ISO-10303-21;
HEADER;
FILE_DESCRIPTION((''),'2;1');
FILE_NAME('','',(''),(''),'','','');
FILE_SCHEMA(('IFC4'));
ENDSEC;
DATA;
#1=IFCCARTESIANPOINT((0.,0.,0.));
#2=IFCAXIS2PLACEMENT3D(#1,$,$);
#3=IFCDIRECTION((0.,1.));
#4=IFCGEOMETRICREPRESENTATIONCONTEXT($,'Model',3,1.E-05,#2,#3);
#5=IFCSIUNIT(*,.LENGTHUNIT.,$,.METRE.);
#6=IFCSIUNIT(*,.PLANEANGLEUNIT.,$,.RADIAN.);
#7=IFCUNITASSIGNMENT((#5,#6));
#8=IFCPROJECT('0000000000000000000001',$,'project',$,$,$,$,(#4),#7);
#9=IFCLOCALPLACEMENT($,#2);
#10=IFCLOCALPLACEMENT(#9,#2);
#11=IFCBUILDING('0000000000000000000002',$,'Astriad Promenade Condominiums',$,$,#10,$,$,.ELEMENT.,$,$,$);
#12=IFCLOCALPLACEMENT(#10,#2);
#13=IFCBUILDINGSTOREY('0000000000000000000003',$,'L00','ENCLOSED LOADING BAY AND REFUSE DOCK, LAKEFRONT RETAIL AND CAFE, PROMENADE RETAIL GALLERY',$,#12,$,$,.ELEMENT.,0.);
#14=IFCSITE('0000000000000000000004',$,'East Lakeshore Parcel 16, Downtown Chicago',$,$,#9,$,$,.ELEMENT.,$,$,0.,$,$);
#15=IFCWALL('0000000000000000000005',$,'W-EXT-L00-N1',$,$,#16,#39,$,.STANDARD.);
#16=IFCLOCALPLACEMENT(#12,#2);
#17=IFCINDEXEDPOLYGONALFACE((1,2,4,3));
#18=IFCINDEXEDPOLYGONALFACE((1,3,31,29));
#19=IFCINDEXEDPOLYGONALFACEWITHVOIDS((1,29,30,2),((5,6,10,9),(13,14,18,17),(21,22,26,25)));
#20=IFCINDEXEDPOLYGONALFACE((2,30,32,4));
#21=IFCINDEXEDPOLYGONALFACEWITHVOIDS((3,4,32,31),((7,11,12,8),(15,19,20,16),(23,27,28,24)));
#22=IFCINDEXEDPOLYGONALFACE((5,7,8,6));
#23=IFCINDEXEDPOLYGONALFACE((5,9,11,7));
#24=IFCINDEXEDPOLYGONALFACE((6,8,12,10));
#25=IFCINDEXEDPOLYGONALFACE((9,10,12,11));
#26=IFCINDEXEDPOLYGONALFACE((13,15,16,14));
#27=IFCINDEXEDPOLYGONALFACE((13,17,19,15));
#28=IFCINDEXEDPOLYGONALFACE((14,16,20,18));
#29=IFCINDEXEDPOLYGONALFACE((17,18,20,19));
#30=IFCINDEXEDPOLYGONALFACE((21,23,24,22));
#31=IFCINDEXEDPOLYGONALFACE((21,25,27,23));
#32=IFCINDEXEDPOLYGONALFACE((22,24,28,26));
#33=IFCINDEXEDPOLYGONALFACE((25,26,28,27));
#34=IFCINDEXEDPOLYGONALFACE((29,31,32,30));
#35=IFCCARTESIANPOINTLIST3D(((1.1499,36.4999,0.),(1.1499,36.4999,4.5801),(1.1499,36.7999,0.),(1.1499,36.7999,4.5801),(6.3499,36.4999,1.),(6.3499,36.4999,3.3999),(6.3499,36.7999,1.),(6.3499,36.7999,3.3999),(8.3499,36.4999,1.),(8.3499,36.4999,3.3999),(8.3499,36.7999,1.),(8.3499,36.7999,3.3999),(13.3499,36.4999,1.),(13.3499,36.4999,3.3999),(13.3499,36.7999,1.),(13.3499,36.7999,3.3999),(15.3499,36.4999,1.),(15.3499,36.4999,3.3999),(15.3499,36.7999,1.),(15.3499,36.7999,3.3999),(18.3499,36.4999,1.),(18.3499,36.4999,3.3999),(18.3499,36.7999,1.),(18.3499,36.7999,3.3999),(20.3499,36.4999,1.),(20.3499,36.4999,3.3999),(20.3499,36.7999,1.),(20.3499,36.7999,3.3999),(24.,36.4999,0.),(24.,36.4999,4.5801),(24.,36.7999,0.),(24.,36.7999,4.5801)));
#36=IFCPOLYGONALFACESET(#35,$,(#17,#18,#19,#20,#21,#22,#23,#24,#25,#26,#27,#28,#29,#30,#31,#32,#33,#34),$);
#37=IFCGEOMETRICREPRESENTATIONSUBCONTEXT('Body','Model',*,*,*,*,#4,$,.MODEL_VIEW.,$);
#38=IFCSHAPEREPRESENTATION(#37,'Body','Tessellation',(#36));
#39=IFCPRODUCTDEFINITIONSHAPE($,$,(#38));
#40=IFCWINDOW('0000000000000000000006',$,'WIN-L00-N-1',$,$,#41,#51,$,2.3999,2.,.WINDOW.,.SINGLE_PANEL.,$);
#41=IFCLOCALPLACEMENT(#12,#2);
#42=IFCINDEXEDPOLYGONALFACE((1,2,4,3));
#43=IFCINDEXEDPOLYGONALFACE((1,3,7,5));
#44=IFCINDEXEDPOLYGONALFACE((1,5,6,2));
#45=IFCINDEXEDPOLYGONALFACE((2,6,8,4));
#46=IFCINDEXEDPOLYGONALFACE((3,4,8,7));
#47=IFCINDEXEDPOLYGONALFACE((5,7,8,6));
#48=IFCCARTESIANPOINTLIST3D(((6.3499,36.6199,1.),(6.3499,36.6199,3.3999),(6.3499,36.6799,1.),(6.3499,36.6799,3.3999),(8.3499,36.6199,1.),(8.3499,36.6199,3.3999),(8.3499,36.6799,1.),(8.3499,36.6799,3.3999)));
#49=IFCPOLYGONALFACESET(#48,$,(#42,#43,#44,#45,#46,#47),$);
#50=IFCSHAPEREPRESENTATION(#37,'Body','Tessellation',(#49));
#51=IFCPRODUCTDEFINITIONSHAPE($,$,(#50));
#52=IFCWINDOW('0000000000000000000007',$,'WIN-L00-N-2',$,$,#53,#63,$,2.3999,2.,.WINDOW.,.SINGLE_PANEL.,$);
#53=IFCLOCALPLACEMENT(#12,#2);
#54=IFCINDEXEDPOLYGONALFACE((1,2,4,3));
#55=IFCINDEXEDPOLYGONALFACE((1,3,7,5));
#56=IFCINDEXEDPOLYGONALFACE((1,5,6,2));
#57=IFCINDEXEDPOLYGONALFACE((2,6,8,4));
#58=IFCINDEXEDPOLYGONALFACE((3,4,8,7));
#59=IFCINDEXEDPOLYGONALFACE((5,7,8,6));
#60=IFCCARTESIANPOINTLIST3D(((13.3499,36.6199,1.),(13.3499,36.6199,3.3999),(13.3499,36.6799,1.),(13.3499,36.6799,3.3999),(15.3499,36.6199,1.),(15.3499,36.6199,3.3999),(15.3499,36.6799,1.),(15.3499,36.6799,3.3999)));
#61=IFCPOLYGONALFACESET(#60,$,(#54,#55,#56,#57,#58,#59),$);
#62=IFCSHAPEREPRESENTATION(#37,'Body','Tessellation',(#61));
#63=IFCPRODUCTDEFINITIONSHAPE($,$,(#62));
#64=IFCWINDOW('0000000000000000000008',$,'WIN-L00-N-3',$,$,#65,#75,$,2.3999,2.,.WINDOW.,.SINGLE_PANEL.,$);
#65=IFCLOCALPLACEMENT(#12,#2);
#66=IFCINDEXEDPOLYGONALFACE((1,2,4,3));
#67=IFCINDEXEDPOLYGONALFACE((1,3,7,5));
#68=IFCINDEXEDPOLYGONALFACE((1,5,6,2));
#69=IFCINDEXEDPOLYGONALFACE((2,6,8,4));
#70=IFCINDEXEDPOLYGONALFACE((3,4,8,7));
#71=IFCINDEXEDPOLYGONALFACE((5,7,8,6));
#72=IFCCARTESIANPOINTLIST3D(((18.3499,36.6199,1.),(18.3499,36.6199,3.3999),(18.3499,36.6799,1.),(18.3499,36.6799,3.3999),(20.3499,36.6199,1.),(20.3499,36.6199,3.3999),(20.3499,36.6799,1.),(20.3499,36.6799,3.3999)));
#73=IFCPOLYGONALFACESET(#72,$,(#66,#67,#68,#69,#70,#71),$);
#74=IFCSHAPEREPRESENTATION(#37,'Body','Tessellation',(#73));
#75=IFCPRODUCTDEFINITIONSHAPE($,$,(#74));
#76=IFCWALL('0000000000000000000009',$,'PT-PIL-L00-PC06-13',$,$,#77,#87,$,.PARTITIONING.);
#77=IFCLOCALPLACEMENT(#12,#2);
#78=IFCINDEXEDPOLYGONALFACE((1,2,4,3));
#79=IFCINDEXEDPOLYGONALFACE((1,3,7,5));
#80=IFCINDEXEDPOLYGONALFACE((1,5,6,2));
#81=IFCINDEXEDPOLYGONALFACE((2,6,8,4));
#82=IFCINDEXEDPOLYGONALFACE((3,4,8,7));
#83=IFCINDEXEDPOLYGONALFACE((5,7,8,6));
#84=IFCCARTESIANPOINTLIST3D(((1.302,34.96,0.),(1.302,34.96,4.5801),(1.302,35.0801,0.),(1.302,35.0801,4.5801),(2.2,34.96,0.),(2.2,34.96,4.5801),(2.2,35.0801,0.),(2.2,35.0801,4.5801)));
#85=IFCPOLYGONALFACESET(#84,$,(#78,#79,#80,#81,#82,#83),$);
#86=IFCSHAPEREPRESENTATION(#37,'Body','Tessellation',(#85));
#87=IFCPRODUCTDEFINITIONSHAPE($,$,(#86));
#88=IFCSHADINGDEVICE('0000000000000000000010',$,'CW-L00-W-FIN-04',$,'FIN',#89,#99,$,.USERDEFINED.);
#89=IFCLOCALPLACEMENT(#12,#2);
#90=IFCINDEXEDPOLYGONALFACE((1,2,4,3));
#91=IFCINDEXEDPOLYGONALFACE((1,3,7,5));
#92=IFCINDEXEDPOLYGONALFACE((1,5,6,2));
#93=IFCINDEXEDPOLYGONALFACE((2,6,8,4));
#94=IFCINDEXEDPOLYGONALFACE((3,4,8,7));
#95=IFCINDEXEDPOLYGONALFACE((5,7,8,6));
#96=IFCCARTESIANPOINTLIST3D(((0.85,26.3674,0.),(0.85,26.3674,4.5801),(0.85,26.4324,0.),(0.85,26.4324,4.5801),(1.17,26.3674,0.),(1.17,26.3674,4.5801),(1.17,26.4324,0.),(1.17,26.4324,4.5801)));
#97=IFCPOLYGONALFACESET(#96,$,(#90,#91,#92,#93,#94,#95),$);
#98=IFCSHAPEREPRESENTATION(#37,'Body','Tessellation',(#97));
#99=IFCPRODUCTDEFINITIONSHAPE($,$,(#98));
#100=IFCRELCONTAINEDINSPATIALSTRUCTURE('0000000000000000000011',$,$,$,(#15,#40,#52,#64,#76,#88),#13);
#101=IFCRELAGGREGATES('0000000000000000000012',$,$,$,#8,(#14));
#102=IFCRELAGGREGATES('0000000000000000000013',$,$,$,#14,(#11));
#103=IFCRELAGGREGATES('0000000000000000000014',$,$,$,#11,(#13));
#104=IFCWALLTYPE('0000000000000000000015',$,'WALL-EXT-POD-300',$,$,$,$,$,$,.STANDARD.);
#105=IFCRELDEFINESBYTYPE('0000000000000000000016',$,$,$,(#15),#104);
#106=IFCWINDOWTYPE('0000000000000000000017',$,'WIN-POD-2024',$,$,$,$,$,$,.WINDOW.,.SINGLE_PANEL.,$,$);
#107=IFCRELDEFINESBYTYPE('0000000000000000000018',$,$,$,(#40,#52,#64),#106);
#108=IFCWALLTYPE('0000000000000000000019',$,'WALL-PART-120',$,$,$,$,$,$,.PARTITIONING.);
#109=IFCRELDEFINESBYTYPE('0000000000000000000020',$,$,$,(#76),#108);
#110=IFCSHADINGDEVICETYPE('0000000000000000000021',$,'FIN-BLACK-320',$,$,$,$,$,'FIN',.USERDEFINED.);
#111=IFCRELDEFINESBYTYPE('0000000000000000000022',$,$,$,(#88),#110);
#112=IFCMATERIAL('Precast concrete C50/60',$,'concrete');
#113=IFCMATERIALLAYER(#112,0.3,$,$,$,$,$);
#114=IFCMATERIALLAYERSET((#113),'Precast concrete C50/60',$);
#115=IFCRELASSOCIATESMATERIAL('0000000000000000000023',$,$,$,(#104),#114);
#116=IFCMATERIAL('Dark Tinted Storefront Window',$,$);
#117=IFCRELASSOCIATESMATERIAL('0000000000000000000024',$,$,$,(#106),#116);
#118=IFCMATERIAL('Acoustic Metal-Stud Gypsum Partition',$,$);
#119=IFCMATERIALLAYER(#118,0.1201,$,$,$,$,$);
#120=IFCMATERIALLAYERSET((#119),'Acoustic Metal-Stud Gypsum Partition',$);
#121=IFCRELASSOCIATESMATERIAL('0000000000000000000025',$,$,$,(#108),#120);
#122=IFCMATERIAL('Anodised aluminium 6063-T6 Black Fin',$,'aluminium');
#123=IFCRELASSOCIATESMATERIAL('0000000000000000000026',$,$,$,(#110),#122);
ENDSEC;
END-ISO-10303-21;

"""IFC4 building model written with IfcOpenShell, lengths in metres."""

from ifc_helpers import new_model, si_unit, direction, frame, frame_2d, origin, origin_2d, place, context, subcontext, project, spatial, rectangle, extrude, source, transform, mapped, material, layer, layer_set, type_object, type_shapes, element, fill, save


model = new_model("IFC4")

# Units and contexts
model_context = context("Model", 3, precision=1e-05, world=origin(), true_north=direction((0.0, 1.0)))
body_context = subcontext(model_context, "Body", "Model", "MODEL_VIEW")
ifc_project = project(units=[si_unit("LENGTHUNIT", "METRE"), si_unit("PLANEANGLEUNIT", "RADIAN")], contexts=[model_context])

# Site, building, storey
site_placement = place(None, origin())
site = spatial("IfcSite", under=ifc_project, at=site_placement, Name="East Lakeshore Parcel 16, Downtown Chicago", CompositionType="ELEMENT", RefElevation=0.0)
building_placement = place(site_placement, origin())
building = spatial("IfcBuilding", under=site, at=building_placement, Name="Astriad Promenade Condominiums", CompositionType="ELEMENT")
storey_placement = place(building_placement, origin())
storey = spatial("IfcBuildingStorey", under=building, at=storey_placement, Name="L00", Description="ENCLOSED LOADING BAY AND REFUSE DOCK, LAKEFRONT RETAIL AND CAFE, PROMENADE RETAIL GALLERY", CompositionType="ELEMENT", Elevation=0.0)

# Shared definitions
ifc_material_1 = material(Name="Precast concrete C50/60", Category="concrete")
ifc_layer_1 = layer(ifc_material_1, 0.3)
ifc_layer_set_1 = layer_set([ifc_layer_1], Name="Precast concrete C50/60")
wall_type_1 = type_object("IfcWallType", Name="WALL-EXT-POD-300", PredefinedType="STANDARD", material=ifc_layer_set_1)

# Wall, openings, windows
wall_1_placement = place(storey_placement, frame((1.1499, 36.6499, 0.0), z_axis=(0.0, 0.0, 1.0), x_axis=(1.0, 0.0, 0.0)))
wall_1 = element("IfcWall", 1, at=wall_1_placement, inside=storey, type_object=wall_type_1, Name="W-EXT-L00-N1", PredefinedType="STANDARD", context=body_context, shape_type="SweptSolid", body=[
    extrude(rectangle(XDim=22.8501, YDim=0.3, at=frame_2d((11.425, 0.0))), origin(), (0.0, 0.0, 1.0), 4.5801),
])
opening_1_placement = place(wall_1_placement, frame((5.2, 0.0, 1.0)))
opening_1 = element("IfcOpeningElement", 2, at=opening_1_placement, cuts=wall_1, PredefinedType="OPENING", context=body_context, shape_type="SweptSolid", body=[
    extrude(rectangle(XDim=2.0, YDim=2.3999, at=frame_2d((1.0, 1.2))), frame((0.0, 0.1599, 0.0), z_axis=(0.0, -1.0, 0.0), x_axis=(1.0, 0.0, 0.0)), (0.0, 0.0, 1.0), 0.3201),
])
opening_2_placement = place(wall_1_placement, frame((12.2, 0.0, 1.0)))
opening_2 = element("IfcOpeningElement", 3, at=opening_2_placement, cuts=wall_1, PredefinedType="OPENING", context=body_context, shape_type="SweptSolid", body=[
    extrude(rectangle(XDim=2.0, YDim=2.3999, at=frame_2d((1.0, 1.2))), frame((0.0, 0.1599, 0.0), z_axis=(0.0, -1.0, 0.0), x_axis=(1.0, 0.0, 0.0)), (0.0, 0.0, 1.0), 0.3201),
])
opening_3_placement = place(wall_1_placement, frame((17.2, 0.0, 1.0)))
opening_3 = element("IfcOpeningElement", 4, at=opening_3_placement, cuts=wall_1, PredefinedType="OPENING", context=body_context, shape_type="SweptSolid", body=[
    extrude(rectangle(XDim=2.0, YDim=2.3999, at=frame_2d((1.0, 1.2))), frame((0.0, 0.1599, 0.0), z_axis=(0.0, -1.0, 0.0), x_axis=(1.0, 0.0, 0.0)), (0.0, 0.0, 1.0), 0.3201),
])
ifc_material_2 = material(Name="Dark Tinted Storefront Window")
window_type = type_object("IfcWindowType", Name="WIN-POD-2024", PartitioningType="SINGLE_PANEL", PredefinedType="WINDOW", material=ifc_material_2)
shared_shape_1 = source(origin(), body_context, "Body", "SweptSolid", [
    extrude(rectangle(XDim=2.0, YDim=2.3999, at=frame_2d((1.0, 1.2))), frame((0.0, 0.03, 0.0), z_axis=(0.0, -1.0, 0.0), x_axis=(1.0, 0.0, 0.0)), (0.0, 0.0, 1.0), 0.0601),
])
type_shapes(window_type, [shared_shape_1])
window_1_placement = place(opening_1_placement, origin())
window_1 = element("IfcWindow", 5, at=window_1_placement, inside=storey, type_object=window_type, Name="WIN-L00-N-1", OverallHeight=2.3999, OverallWidth=2.0, PartitioningType="SINGLE_PANEL", PredefinedType="WINDOW", context=body_context, shape_type="MappedRepresentation", body=[
    mapped(shared_shape_1, transform((0.0, 0.0, 0.0), scale=1.0)),
])
fill(opening_1, window_1)
window_2_placement = place(opening_2_placement, origin())
window_2 = element("IfcWindow", 6, at=window_2_placement, inside=storey, type_object=window_type, Name="WIN-L00-N-2", OverallHeight=2.3999, OverallWidth=2.0, PartitioningType="SINGLE_PANEL", PredefinedType="WINDOW", context=body_context, shape_type="MappedRepresentation", body=[
    mapped(shared_shape_1, transform((0.0, 0.0, 0.0), scale=1.0)),
])
fill(opening_2, window_2)
window_3_placement = place(opening_3_placement, origin())
window_3 = element("IfcWindow", 7, at=window_3_placement, inside=storey, type_object=window_type, Name="WIN-L00-N-3", OverallHeight=2.3999, OverallWidth=2.0, PartitioningType="SINGLE_PANEL", PredefinedType="WINDOW", context=body_context, shape_type="MappedRepresentation", body=[
    mapped(shared_shape_1, transform((0.0, 0.0, 0.0), scale=1.0)),
])
fill(opening_3, window_3)

# Wall
ifc_material_3 = material(Name="Acoustic Metal-Stud Gypsum Partition")
ifc_layer_2 = layer(ifc_material_3, 0.1201)
ifc_layer_set_2 = layer_set([ifc_layer_2], Name="Acoustic Metal-Stud Gypsum Partition")
wall_type_2 = type_object("IfcWallType", Name="WALL-PART-120", PredefinedType="PARTITIONING", material=ifc_layer_set_2)
wall_2_placement = place(storey_placement, frame((2.2, 35.02, 0.0), z_axis=(0.0, 0.0, 1.0), x_axis=(-1.0, 0.0, 0.0)))
element("IfcWall", 8, at=wall_2_placement, inside=storey, type_object=wall_type_2, Name="PT-PIL-L00-PC06-13", PredefinedType="PARTITIONING", context=body_context, shape_type="SweptSolid", body=[
    extrude(rectangle(XDim=0.8979, YDim=0.1201, at=frame_2d((0.449, 0.0))), origin(), (0.0, 0.0, 1.0), 4.5801),
])

# Shading device
ifc_material_4 = material(Name="Anodised aluminium 6063-T6 Black Fin", Category="aluminium")
shading_device_type = type_object("IfcShadingDeviceType", Name="FIN-BLACK-320", ElementType="FIN", PredefinedType="USERDEFINED", material=ifc_material_4)
shared_shape_2 = source(origin(), body_context, "Body", "SweptSolid", [
    extrude(rectangle(XDim=0.0649, YDim=0.3201, at=origin_2d()), origin(), (0.0, 0.0, 1.0), 4.5801),
])
type_shapes(shading_device_type, [shared_shape_2])
shading_device_placement = place(storey_placement, frame((1.01, 26.3999, 0.0), z_axis=(0.0, 0.0, 1.0), x_axis=(0.0, 1.0, 0.0)))
element("IfcShadingDevice", 9, at=shading_device_placement, inside=storey, type_object=shading_device_type, Name="CW-L00-W-FIN-04", ObjectType="FIN", PredefinedType="USERDEFINED", context=body_context, shape_type="MappedRepresentation", body=[
    mapped(shared_shape_2, transform((0.0, 0.0, 0.0), scale=1.0)),
])

save(model, "model.ifc")
